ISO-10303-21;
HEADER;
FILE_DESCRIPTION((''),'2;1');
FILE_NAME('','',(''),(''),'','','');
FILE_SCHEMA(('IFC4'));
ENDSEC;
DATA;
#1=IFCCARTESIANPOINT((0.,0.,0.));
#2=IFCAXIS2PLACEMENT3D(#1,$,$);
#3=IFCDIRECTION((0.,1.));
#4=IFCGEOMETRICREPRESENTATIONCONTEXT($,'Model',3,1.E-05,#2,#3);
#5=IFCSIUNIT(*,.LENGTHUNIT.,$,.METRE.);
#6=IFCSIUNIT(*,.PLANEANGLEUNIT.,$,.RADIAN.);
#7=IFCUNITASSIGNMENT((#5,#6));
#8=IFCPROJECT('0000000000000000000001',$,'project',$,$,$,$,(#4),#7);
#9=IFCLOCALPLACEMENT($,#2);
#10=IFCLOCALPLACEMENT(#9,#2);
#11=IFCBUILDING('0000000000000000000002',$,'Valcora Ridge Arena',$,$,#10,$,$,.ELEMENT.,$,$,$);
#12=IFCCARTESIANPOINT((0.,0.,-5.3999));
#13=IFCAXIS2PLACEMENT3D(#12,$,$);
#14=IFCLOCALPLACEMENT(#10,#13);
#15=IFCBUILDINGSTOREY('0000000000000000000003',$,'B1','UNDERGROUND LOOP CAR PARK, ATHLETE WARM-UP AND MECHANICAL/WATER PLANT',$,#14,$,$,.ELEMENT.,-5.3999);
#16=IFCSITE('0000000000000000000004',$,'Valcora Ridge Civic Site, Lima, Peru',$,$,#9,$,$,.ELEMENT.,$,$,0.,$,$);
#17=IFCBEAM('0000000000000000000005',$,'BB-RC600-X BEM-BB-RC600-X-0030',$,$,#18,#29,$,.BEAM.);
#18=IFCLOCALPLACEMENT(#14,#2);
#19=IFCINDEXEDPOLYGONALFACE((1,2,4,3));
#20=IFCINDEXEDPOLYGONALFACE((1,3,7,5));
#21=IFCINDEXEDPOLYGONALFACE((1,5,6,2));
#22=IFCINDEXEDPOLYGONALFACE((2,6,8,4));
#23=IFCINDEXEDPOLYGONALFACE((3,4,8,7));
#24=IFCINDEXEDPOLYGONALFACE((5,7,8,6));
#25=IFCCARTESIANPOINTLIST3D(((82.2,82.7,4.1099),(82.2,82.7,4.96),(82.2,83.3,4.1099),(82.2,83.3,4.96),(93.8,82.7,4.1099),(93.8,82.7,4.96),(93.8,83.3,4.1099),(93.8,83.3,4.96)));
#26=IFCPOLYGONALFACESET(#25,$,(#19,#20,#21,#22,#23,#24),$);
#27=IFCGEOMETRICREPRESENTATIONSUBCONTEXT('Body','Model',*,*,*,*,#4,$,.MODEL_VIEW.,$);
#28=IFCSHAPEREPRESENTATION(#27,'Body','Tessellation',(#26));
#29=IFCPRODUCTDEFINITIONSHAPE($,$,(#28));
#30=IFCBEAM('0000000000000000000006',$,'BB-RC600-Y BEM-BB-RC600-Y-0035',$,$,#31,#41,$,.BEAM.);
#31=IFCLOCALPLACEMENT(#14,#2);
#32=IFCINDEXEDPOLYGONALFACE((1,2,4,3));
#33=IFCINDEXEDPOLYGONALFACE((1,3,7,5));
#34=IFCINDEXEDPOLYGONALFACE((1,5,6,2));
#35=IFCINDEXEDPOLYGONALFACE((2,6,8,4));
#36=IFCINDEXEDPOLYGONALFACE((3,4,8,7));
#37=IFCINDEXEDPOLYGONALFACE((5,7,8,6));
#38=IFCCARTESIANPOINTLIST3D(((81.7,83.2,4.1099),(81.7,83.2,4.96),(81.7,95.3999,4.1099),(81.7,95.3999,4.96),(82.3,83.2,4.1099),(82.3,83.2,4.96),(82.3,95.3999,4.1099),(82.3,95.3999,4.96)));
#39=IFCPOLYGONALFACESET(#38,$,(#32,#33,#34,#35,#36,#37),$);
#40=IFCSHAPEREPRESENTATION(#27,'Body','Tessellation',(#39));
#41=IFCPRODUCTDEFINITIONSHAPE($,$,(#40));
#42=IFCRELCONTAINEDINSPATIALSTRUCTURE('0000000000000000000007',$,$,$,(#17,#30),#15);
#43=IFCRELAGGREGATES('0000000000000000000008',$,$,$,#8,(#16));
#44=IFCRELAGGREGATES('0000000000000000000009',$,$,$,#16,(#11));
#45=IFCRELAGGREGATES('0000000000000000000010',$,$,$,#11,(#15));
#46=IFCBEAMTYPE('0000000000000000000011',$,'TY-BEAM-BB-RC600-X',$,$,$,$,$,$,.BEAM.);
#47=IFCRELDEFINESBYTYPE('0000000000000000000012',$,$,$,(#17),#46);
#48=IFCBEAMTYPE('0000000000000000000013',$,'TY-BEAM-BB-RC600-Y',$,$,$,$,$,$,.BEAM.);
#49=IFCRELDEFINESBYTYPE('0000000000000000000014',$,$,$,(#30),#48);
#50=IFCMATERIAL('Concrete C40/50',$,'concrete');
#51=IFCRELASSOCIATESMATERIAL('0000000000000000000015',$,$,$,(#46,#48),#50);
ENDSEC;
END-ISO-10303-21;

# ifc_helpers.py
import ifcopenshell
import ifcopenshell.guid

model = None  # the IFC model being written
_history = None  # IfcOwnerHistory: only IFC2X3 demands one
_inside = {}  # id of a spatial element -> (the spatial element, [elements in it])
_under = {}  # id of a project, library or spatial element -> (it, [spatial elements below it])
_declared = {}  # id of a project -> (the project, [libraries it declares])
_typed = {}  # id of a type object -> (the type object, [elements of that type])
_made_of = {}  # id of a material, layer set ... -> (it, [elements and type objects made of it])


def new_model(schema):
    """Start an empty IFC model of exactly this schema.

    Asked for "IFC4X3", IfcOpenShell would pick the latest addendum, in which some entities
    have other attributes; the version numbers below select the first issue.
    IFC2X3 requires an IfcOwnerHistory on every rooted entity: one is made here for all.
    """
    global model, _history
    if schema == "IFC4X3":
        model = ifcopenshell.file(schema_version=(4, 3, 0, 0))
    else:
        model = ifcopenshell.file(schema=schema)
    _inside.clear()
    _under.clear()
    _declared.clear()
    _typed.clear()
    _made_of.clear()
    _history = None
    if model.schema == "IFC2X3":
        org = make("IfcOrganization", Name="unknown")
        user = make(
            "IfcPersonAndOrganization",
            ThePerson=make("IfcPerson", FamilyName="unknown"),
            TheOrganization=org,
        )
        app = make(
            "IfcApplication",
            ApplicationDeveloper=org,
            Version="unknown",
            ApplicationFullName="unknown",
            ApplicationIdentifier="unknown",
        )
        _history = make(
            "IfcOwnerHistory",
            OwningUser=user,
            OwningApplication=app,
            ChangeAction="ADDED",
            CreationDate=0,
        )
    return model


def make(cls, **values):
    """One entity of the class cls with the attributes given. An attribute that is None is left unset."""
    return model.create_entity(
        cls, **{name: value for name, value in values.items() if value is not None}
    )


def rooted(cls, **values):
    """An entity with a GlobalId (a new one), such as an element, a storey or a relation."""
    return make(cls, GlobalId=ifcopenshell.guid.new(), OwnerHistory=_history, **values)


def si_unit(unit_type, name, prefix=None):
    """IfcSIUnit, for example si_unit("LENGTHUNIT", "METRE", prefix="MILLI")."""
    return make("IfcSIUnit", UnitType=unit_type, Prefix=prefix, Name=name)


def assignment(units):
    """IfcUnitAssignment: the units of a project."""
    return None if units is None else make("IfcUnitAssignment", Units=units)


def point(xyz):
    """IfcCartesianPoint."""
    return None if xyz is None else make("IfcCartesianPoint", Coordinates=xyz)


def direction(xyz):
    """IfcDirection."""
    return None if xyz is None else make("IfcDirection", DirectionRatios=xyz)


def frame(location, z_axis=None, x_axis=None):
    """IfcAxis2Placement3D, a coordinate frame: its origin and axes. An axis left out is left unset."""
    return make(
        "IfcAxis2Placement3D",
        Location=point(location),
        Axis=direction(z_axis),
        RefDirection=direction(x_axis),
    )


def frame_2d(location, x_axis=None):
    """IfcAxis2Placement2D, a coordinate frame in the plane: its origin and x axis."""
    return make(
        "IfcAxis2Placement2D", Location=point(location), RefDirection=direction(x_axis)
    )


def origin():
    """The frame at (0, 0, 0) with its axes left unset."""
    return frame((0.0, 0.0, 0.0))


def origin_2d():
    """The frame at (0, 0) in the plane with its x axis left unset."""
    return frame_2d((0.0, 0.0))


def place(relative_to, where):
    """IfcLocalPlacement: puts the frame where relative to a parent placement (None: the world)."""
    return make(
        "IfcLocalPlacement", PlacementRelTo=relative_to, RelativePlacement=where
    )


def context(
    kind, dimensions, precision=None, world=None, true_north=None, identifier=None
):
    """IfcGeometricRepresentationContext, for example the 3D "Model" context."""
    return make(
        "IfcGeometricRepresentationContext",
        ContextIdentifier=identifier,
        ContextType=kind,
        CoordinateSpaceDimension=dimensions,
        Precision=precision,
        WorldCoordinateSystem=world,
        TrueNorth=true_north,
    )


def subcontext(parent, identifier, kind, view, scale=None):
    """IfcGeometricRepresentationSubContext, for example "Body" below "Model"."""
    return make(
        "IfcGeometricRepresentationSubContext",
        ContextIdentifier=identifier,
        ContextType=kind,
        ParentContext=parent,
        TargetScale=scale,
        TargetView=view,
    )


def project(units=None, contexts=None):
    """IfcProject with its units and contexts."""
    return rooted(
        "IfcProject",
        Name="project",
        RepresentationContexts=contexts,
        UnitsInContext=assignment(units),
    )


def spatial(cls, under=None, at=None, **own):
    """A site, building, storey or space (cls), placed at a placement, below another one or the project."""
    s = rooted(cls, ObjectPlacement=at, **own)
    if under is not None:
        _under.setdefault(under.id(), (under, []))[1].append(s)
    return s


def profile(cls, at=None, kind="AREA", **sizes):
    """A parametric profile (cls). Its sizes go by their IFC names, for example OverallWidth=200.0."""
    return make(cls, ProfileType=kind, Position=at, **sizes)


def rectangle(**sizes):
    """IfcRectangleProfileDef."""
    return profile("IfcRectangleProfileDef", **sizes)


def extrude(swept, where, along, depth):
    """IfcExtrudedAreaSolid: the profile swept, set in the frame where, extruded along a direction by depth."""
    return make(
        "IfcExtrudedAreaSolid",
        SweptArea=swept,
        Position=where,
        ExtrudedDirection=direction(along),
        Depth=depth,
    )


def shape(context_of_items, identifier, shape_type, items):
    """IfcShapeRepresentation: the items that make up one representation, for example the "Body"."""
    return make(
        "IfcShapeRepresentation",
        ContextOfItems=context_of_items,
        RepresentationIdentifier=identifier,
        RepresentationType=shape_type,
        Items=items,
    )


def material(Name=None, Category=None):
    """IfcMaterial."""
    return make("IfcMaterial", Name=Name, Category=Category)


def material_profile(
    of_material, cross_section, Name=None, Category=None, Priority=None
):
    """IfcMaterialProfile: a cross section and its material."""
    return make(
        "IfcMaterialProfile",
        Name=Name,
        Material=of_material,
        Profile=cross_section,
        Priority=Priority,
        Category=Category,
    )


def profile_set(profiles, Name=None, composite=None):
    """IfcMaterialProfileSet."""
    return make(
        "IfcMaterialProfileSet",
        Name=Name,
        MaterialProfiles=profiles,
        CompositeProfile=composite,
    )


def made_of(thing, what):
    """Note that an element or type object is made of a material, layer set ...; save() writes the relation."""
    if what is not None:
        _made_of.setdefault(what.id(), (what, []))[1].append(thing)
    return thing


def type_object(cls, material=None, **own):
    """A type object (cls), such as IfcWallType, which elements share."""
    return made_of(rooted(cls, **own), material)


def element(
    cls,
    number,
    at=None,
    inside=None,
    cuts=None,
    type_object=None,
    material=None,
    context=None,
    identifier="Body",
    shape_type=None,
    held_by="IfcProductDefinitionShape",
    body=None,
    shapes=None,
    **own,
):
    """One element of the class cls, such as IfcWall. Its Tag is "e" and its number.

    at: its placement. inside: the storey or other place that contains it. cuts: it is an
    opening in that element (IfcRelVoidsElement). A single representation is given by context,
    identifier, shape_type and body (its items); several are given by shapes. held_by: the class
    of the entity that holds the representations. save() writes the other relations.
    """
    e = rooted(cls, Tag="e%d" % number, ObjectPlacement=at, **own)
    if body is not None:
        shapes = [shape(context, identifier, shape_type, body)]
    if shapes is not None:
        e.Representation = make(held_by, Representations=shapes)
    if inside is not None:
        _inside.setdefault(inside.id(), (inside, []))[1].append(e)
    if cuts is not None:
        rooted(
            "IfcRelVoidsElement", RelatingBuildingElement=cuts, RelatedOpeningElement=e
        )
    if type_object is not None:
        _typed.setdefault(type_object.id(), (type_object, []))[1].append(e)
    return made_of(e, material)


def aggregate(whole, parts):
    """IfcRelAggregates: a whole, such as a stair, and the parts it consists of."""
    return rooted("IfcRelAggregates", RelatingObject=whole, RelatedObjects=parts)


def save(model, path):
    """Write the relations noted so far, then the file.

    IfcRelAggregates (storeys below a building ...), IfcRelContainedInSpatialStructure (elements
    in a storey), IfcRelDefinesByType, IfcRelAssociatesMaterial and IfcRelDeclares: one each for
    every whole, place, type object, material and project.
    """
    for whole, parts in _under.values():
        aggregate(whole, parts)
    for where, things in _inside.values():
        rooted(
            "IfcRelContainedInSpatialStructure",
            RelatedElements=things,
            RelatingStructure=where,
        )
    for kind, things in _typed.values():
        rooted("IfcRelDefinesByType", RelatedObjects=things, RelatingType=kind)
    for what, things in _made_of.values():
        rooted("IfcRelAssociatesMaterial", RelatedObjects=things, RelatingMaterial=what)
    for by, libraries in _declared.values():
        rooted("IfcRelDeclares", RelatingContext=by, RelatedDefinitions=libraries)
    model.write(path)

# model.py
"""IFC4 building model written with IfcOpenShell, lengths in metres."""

from ifc_helpers import new_model, si_unit, direction, frame, origin, origin_2d, place, context, subcontext, project, spatial, rectangle, extrude, material, material_profile, profile_set, type_object, element, save


model = new_model("IFC4")

# Units and contexts
model_context = context("Model", 3, precision=1e-05, world=origin(), true_north=direction((0.0, 1.0)))
body_context = subcontext(model_context, "Body", "Model", "MODEL_VIEW")
ifc_project = project(units=[si_unit("LENGTHUNIT", "METRE"), si_unit("PLANEANGLEUNIT", "RADIAN")], contexts=[model_context])

# Site, building, storey
site_placement = place(None, origin())
site = spatial("IfcSite", under=ifc_project, at=site_placement, Name="Valcora Ridge Civic Site, Lima, Peru", CompositionType="ELEMENT", RefElevation=0.0)
building_placement = place(site_placement, origin())
building = spatial("IfcBuilding", under=site, at=building_placement, Name="Valcora Ridge Arena", CompositionType="ELEMENT")
storey_placement = place(building_placement, frame((0.0, 0.0, -5.3999)))
storey = spatial("IfcBuildingStorey", under=building, at=storey_placement, Name="B1", Description="UNDERGROUND LOOP CAR PARK, ATHLETE WARM-UP AND MECHANICAL/WATER PLANT", CompositionType="ELEMENT", Elevation=-5.3999)

# Shared definitions
ifc_material_1 = material(Name="Concrete C40/50", Category="concrete")

# Beams
ifc_material_profile_1 = material_profile(ifc_material_1, rectangle(XDim=0.6001, YDim=0.8501, at=origin_2d()), Name="RC 600x850")
ifc_profile_set_1 = profile_set([ifc_material_profile_1], Name="Concrete C40/50")
beam_type_1 = type_object("IfcBeamType", Name="TY-BEAM-BB-RC600-X", PredefinedType="BEAM", material=ifc_profile_set_1)
beam_1_placement = place(storey_placement, frame((82.2, 83.0, 4.5349), z_axis=(1.0, 0.0, 0.0), x_axis=(0.0, 1.0, 0.0)))
element("IfcBeam", 1, at=beam_1_placement, inside=storey, type_object=beam_type_1, Name="BB-RC600-X BEM-BB-RC600-X-0030", PredefinedType="BEAM", context=body_context, shape_type="SweptSolid", body=[
    extrude(rectangle(XDim=0.6001, YDim=0.8501, at=origin_2d()), origin(), (0.0, 0.0, 1.0), 11.6001),
])
ifc_material_profile_2 = material_profile(ifc_material_1, rectangle(XDim=0.6001, YDim=0.8501, at=origin_2d()), Name="RC 600x850")
ifc_profile_set_2 = profile_set([ifc_material_profile_2], Name="Concrete C40/50")
beam_type_2 = type_object("IfcBeamType", Name="TY-BEAM-BB-RC600-Y", PredefinedType="BEAM", material=ifc_profile_set_2)
beam_2_placement = place(storey_placement, frame((82.0, 83.2, 4.5349), z_axis=(0.0, 1.0, 0.0), x_axis=(-1.0, 0.0, 0.0)))
element("IfcBeam", 2, at=beam_2_placement, inside=storey, type_object=beam_type_2, Name="BB-RC600-Y BEM-BB-RC600-Y-0035", PredefinedType="BEAM", context=body_context, shape_type="SweptSolid", body=[
    extrude(rectangle(XDim=0.6001, YDim=0.8501, at=origin_2d()), origin(), (0.0, 0.0, 1.0), 12.2),
])

save(model, "model.ifc")
